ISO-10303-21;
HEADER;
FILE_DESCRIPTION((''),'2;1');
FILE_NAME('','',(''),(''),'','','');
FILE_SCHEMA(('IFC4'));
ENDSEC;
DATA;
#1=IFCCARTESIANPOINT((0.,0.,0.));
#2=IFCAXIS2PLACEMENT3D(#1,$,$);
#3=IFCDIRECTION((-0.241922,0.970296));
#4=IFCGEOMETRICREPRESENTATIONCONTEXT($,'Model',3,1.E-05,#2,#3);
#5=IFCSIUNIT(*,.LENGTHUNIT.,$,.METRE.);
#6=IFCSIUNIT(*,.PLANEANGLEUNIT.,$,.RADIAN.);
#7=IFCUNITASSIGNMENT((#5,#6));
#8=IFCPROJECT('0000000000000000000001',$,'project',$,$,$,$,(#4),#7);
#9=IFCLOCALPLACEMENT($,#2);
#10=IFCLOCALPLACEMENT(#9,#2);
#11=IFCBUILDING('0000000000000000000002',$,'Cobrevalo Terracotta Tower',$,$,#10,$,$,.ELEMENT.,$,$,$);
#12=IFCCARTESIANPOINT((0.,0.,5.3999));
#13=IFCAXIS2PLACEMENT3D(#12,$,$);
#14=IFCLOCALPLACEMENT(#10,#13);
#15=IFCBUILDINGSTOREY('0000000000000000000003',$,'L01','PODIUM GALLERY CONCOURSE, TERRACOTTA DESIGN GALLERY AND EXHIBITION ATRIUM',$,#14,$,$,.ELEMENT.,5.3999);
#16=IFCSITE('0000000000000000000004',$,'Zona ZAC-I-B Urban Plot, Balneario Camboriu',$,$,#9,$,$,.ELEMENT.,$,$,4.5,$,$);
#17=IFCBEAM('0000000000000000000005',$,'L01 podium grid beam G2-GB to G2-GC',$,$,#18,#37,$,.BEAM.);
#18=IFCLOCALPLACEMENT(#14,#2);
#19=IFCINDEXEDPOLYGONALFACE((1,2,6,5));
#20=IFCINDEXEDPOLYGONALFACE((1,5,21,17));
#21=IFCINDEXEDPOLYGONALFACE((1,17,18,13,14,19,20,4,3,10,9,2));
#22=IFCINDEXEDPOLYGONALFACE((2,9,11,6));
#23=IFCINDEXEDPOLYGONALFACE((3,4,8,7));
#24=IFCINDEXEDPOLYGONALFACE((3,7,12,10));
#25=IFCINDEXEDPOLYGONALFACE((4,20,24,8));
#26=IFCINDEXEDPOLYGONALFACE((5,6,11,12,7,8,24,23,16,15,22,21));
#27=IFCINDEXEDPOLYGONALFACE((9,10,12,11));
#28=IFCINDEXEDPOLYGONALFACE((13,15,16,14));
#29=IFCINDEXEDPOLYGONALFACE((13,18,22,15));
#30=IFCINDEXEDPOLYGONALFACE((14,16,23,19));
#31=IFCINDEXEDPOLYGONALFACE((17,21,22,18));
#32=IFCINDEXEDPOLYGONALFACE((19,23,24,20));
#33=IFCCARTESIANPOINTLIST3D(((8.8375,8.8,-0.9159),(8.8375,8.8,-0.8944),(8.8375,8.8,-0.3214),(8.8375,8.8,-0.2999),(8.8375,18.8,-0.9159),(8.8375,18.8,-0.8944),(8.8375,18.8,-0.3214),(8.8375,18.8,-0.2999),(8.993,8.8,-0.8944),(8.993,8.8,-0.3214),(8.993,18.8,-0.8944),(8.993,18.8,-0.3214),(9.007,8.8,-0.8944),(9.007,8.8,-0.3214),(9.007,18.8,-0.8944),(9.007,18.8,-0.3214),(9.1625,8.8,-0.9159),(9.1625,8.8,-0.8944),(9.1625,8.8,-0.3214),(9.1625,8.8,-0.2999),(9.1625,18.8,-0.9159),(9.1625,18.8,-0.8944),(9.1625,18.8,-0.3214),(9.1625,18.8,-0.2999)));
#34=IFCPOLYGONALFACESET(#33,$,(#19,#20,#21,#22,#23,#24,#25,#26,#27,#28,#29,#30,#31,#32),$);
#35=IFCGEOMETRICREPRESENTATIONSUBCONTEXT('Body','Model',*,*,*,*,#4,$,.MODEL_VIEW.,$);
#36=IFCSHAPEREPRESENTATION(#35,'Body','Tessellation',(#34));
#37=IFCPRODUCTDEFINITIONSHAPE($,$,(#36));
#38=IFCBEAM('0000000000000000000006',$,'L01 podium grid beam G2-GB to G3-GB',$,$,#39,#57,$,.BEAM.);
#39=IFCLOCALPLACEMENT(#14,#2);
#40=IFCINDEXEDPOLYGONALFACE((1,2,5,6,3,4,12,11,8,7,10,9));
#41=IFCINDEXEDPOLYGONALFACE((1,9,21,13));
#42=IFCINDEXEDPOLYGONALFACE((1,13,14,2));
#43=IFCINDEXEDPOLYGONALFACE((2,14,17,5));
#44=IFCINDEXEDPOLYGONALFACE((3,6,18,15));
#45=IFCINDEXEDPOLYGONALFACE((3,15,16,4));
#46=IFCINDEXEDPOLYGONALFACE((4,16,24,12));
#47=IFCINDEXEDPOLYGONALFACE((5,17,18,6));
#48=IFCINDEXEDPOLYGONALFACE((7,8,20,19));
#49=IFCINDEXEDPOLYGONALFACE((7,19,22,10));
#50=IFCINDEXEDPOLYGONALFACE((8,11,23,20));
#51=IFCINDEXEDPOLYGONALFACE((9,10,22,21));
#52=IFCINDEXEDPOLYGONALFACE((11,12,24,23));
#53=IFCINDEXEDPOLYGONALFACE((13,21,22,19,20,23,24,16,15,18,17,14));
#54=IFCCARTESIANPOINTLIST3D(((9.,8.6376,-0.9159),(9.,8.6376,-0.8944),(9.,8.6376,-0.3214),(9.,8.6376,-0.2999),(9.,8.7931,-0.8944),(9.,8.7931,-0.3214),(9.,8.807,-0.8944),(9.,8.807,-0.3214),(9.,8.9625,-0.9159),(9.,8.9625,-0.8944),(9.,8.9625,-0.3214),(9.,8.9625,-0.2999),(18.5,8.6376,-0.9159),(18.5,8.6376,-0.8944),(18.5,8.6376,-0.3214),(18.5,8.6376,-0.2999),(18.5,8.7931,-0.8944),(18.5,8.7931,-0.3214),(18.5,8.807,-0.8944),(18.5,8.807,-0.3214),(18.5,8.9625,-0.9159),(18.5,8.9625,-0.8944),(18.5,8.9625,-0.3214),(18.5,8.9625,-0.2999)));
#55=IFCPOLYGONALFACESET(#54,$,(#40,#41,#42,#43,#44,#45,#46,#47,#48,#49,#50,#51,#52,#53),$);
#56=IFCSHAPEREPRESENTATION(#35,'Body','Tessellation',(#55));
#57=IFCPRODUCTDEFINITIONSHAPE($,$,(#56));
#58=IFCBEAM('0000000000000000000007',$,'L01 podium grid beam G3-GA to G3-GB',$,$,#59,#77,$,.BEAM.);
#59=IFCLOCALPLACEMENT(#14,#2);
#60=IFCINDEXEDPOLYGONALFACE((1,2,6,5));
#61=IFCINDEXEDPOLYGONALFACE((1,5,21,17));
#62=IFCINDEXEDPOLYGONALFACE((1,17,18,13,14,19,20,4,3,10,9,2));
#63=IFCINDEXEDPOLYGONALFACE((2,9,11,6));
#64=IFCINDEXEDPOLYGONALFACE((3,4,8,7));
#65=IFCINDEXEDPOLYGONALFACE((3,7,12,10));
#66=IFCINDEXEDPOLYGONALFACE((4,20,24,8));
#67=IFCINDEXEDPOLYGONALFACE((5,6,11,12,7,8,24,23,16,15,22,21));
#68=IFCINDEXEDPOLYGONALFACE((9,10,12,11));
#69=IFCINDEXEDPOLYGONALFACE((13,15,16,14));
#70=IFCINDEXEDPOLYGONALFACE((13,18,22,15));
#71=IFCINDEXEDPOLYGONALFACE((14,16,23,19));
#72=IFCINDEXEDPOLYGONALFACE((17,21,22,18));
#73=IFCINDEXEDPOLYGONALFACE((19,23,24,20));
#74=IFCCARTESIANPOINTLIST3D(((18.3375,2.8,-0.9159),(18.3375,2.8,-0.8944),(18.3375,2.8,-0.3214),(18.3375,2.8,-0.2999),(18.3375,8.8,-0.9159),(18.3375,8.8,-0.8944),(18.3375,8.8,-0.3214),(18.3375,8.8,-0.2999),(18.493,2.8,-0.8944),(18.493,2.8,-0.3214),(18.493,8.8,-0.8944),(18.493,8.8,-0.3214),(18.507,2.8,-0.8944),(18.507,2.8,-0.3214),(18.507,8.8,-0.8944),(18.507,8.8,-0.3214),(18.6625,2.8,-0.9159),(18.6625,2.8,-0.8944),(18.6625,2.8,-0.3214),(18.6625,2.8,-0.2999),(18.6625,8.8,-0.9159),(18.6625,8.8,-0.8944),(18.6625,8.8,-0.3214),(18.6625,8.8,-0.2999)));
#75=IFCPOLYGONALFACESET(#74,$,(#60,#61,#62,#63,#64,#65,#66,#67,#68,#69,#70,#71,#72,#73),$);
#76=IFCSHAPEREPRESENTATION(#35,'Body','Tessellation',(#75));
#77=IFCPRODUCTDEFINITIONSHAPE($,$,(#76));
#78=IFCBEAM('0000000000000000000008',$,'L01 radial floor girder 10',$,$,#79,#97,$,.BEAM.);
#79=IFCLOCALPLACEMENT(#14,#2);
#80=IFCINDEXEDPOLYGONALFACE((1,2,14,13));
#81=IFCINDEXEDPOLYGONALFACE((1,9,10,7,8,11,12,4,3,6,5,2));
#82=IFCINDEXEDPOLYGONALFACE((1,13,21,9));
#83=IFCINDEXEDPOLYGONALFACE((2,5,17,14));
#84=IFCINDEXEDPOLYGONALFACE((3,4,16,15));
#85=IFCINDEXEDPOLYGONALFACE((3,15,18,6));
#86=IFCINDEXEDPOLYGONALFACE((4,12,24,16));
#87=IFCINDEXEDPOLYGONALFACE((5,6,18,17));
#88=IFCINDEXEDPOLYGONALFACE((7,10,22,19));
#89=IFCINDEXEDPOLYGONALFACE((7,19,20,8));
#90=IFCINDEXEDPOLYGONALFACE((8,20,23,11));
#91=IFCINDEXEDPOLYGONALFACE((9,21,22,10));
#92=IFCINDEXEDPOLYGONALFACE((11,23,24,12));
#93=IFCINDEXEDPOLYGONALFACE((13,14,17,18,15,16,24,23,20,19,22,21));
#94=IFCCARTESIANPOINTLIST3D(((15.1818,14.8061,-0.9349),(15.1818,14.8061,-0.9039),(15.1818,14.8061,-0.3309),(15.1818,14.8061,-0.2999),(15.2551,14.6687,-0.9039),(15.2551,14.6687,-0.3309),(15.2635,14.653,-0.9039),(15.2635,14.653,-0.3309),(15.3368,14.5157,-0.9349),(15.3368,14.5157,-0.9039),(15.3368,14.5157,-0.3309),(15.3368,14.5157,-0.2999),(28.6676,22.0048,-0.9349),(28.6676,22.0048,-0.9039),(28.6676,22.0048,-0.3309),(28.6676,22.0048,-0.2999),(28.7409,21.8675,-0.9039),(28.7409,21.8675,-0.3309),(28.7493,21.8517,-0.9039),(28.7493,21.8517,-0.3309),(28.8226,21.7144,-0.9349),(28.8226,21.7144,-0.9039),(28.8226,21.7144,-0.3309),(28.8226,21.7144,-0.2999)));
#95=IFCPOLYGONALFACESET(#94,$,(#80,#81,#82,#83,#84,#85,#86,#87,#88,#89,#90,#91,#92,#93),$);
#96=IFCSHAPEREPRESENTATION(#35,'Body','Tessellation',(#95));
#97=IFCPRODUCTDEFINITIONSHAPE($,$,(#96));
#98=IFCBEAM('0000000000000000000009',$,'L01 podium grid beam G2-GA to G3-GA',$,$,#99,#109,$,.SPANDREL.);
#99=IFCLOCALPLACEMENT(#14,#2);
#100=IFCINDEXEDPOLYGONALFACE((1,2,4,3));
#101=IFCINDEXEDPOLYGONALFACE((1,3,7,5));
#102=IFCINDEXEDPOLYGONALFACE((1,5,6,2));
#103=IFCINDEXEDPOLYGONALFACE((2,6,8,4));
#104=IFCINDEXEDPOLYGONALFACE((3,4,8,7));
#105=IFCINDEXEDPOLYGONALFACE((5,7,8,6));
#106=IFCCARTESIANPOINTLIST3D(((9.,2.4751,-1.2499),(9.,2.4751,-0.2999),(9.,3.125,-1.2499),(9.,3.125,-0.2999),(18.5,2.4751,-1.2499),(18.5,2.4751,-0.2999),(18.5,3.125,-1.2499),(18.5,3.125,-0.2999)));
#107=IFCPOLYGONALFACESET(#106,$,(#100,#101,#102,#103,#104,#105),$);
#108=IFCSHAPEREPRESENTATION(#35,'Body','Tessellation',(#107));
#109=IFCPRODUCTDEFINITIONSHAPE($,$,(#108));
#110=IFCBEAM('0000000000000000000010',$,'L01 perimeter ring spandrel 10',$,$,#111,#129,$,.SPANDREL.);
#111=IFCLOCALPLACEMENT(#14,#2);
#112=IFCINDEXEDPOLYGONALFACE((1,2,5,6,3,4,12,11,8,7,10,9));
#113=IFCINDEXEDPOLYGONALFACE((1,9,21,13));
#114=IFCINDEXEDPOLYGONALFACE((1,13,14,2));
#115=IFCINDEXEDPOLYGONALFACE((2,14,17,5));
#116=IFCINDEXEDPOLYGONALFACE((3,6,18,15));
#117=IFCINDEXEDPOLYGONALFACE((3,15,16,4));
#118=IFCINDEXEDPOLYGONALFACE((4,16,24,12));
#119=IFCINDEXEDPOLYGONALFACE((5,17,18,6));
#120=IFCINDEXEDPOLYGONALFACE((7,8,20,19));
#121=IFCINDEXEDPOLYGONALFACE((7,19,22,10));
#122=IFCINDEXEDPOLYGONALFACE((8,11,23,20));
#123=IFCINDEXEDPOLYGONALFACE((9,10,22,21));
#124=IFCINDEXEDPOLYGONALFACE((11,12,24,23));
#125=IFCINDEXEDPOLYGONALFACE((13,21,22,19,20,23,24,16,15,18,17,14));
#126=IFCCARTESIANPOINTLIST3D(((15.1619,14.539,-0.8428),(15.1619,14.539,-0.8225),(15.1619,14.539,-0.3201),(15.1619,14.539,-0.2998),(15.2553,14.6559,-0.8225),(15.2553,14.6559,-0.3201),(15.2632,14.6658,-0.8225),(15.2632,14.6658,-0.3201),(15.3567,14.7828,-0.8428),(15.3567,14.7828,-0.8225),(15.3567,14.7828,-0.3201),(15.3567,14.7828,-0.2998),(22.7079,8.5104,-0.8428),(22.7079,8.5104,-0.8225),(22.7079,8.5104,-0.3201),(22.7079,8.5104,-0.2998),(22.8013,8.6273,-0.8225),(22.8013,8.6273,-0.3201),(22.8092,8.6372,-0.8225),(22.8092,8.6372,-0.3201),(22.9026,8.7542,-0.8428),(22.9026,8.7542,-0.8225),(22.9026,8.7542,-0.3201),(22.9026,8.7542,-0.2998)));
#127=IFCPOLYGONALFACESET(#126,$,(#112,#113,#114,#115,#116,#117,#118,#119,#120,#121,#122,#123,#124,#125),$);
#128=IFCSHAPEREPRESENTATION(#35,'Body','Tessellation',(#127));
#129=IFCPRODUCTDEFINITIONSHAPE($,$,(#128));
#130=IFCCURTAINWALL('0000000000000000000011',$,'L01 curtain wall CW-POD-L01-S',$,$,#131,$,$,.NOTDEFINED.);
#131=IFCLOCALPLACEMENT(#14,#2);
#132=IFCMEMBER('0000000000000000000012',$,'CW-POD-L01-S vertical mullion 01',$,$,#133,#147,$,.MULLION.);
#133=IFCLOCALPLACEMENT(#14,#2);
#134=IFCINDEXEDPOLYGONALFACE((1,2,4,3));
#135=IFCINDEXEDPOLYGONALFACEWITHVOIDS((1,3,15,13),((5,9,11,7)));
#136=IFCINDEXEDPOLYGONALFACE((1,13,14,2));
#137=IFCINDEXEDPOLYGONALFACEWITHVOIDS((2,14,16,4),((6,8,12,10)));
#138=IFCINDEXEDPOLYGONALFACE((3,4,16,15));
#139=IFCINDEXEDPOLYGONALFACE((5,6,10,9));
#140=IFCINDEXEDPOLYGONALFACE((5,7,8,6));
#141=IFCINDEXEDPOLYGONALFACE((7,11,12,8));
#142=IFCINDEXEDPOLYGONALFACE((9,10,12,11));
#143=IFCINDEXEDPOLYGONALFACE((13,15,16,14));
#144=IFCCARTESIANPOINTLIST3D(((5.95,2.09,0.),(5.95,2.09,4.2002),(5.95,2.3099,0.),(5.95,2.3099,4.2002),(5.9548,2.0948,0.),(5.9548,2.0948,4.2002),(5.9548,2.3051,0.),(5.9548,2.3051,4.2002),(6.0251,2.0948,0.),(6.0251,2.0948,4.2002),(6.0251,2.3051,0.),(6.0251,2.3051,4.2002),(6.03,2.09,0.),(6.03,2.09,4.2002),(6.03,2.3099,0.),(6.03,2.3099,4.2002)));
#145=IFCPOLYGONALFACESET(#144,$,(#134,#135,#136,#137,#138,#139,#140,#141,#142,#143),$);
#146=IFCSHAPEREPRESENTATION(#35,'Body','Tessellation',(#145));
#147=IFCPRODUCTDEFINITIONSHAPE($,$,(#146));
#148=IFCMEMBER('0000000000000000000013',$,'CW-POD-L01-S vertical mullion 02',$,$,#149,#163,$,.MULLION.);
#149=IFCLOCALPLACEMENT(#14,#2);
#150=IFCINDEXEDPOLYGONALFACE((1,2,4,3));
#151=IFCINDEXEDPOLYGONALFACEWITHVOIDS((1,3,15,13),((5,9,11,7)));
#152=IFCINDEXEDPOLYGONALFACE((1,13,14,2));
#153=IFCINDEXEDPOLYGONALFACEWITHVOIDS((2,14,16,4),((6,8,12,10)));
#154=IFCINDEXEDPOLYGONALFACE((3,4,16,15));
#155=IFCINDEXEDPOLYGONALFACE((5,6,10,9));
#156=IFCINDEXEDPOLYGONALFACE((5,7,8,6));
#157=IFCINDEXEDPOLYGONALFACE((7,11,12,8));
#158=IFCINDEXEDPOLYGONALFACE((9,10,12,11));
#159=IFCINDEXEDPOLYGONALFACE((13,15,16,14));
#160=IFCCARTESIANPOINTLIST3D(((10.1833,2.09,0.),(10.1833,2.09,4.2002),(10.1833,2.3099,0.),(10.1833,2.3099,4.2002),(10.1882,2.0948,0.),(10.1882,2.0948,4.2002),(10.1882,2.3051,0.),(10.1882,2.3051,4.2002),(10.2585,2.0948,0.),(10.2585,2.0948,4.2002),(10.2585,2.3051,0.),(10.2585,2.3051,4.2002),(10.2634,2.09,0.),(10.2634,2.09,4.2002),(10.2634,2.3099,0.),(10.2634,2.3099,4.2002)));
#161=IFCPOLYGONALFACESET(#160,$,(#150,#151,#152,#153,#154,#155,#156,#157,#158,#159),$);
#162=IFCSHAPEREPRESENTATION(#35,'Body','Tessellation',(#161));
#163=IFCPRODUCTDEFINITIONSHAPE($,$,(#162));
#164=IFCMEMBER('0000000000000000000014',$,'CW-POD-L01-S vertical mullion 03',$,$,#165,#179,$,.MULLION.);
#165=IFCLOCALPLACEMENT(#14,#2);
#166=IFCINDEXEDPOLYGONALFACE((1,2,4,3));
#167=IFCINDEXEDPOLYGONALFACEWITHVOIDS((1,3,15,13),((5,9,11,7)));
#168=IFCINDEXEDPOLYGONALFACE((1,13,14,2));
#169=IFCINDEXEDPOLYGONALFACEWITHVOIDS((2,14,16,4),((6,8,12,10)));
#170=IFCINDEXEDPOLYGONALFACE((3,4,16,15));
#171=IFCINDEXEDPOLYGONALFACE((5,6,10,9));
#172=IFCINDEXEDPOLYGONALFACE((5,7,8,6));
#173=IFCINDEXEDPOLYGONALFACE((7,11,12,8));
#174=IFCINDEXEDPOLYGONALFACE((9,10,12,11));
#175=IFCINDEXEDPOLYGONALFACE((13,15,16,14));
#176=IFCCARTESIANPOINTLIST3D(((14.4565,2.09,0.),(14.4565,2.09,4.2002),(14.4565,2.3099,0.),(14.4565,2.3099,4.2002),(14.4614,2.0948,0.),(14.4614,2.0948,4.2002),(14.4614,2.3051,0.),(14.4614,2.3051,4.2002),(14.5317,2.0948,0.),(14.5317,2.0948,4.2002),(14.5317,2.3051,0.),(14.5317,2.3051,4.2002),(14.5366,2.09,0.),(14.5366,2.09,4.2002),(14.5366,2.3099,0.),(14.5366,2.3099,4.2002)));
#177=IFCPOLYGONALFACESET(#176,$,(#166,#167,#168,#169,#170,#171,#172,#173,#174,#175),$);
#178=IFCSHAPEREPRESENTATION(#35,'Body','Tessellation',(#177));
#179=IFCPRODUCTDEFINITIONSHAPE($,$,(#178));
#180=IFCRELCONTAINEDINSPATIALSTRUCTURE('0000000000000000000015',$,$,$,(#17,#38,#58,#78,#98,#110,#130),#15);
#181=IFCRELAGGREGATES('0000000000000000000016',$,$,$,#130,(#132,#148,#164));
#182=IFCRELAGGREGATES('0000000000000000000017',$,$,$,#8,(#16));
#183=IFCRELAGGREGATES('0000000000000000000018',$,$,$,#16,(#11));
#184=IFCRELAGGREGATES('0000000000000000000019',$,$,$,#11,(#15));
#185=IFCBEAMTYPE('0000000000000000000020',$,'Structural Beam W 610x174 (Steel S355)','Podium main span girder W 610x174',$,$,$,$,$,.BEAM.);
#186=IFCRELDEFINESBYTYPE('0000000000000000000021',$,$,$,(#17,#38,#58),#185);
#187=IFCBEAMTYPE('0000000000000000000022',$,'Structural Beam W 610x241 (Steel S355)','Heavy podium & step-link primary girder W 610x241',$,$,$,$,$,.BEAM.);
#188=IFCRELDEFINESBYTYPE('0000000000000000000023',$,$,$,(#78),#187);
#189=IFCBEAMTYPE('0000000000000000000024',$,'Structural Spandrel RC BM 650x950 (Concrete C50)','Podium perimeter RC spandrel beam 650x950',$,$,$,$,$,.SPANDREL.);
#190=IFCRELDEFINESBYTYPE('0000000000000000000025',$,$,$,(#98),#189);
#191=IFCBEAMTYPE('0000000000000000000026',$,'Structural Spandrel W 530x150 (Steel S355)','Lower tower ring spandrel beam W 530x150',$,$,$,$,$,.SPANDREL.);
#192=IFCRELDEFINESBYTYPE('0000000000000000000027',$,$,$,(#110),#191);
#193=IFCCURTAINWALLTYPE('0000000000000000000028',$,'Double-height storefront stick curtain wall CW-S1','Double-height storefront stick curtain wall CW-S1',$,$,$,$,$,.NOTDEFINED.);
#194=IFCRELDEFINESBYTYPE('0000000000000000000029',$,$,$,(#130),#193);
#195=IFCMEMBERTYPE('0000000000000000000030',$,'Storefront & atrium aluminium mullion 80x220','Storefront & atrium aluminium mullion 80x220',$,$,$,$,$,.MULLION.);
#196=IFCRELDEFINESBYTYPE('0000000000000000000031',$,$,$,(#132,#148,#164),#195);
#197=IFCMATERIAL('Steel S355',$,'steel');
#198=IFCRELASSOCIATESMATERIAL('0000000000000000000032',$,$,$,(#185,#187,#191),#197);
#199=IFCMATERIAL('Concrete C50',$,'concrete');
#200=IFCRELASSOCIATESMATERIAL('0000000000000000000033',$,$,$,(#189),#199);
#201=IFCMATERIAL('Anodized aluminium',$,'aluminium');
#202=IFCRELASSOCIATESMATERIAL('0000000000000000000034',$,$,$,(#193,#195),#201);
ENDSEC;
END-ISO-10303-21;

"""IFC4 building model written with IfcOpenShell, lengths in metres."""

from ifc_helpers import new_model, si_unit, direction, frame, origin, origin_2d, place, context, subcontext, project, spatial, rectangle, hollow_rectangle, i_section, extrude, source, transform, mapped, material, material_profile, profile_set, type_object, element, aggregate, save


model = new_model("IFC4")

# Units and contexts
model_context = context("Model", 3, precision=1e-05, world=origin(), true_north=direction((-0.241922, 0.970296)))
body_context = subcontext(model_context, "Body", "Model", "MODEL_VIEW")
ifc_project = project(units=[si_unit("LENGTHUNIT", "METRE"), si_unit("PLANEANGLEUNIT", "RADIAN")], contexts=[model_context])

# Site, building, storey
site_placement = place(None, origin())
site = spatial("IfcSite", under=ifc_project, at=site_placement, Name="Zona ZAC-I-B Urban Plot, Balneario Camboriu", CompositionType="ELEMENT", RefElevation=4.5)
building_placement = place(site_placement, origin())
building = spatial("IfcBuilding", under=site, at=building_placement, Name="Cobrevalo Terracotta Tower", CompositionType="ELEMENT")
storey_placement = place(building_placement, frame((0.0, 0.0, 5.3999)))
storey = spatial("IfcBuildingStorey", under=building, at=storey_placement, Name="L01", Description="PODIUM GALLERY CONCOURSE, TERRACOTTA DESIGN GALLERY AND EXHIBITION ATRIUM", CompositionType="ELEMENT", Elevation=5.3999)

# Shared definitions
ifc_material_1 = material(Name="Steel S355", Category="steel")
ifc_material_2 = material(Name="Concrete C50", Category="concrete")

# Beams
ifc_material_profile_1 = material_profile(ifc_material_1, i_section(OverallWidth=0.325, OverallDepth=0.616, WebThickness=0.0139, FlangeThickness=0.0215, at=origin_2d()), Name="W 610x174")
ifc_profile_set_1 = profile_set([ifc_material_profile_1], Name="Steel S355")
beam_type_1 = type_object("IfcBeamType", Name="Structural Beam W 610x174 (Steel S355)", Description="Podium main span girder W 610x174", PredefinedType="BEAM", material=ifc_profile_set_1)
beam_1_placement = place(storey_placement, frame((9.0, 8.8, -0.6079), z_axis=(0.0, 1.0, 0.0), x_axis=(-1.0, 0.0, 0.0)))
element("IfcBeam", 1, at=beam_1_placement, inside=storey, type_object=beam_type_1, Name="L01 podium grid beam G2-GB to G2-GC", PredefinedType="BEAM", context=body_context, shape_type="SweptSolid", body=[
    extrude(i_section(OverallWidth=0.325, OverallDepth=0.616, WebThickness=0.0139, FlangeThickness=0.0215, at=origin_2d()), origin(), (0.0, 0.0, 1.0), 10.0),
])
beam_2_placement = place(storey_placement, frame((9.0, 8.8, -0.6079), z_axis=(1.0, 0.0, 0.0), x_axis=(0.0, 1.0, 0.0)))
element("IfcBeam", 2, at=beam_2_placement, inside=storey, type_object=beam_type_1, Name="L01 podium grid beam G2-GB to G3-GB", PredefinedType="BEAM", context=body_context, shape_type="SweptSolid", body=[
    extrude(i_section(OverallWidth=0.325, OverallDepth=0.616, WebThickness=0.0139, FlangeThickness=0.0215, at=origin_2d()), origin(), (0.0, 0.0, 1.0), 9.5),
])
beam_3_placement = place(storey_placement, frame((18.5, 2.8, -0.6079), z_axis=(0.0, 1.0, 0.0), x_axis=(-1.0, 0.0, 0.0)))
element("IfcBeam", 3, at=beam_3_placement, inside=storey, type_object=beam_type_1, Name="L01 podium grid beam G3-GA to G3-GB", PredefinedType="BEAM", context=body_context, shape_type="SweptSolid", body=[
    extrude(i_section(OverallWidth=0.325, OverallDepth=0.616, WebThickness=0.0139, FlangeThickness=0.0215, at=origin_2d()), origin(), (0.0, 0.0, 1.0), 6.0),
])
ifc_material_profile_2 = material_profile(ifc_material_1, i_section(OverallWidth=0.3291, OverallDepth=0.635, WebThickness=0.0178, FlangeThickness=0.031, at=origin_2d()), Name="W 610x241")
ifc_profile_set_2 = profile_set([ifc_material_profile_2], Name="Steel S355")
beam_type_2 = type_object("IfcBeamType", Name="Structural Beam W 610x241 (Steel S355)", Description="Heavy podium & step-link primary girder W 610x241", PredefinedType="BEAM", material=ifc_profile_set_2)
beam_4_placement = place(storey_placement, frame((15.2593, 14.6609, -0.6174), z_axis=(0.882182, 0.470908, 0.0), x_axis=(-0.470908, 0.882182, 0.0)))
element("IfcBeam", 4, at=beam_4_placement, inside=storey, type_object=beam_type_2, Name="L01 radial floor girder 10", PredefinedType="BEAM", context=body_context, shape_type="SweptSolid", body=[
    extrude(i_section(OverallWidth=0.3291, OverallDepth=0.635, WebThickness=0.0178, FlangeThickness=0.031, at=origin_2d()), origin(), (0.0, 0.0, 1.0), 15.2869),
])
ifc_material_profile_3 = material_profile(ifc_material_2, rectangle(XDim=0.6499, YDim=0.95, at=origin_2d()), Name="RC BM 650x950")
ifc_profile_set_3 = profile_set([ifc_material_profile_3], Name="Concrete C50")
beam_type_3 = type_object("IfcBeamType", Name="Structural Spandrel RC BM 650x950 (Concrete C50)", Description="Podium perimeter RC spandrel beam 650x950", PredefinedType="SPANDREL", material=ifc_profile_set_3)
beam_5_placement = place(storey_placement, frame((9.0, 2.8, -0.7749), z_axis=(1.0, 0.0, 0.0), x_axis=(0.0, 1.0, 0.0)))
element("IfcBeam", 5, at=beam_5_placement, inside=storey, type_object=beam_type_3, Name="L01 podium grid beam G2-GA to G3-GA", PredefinedType="SPANDREL", context=body_context, shape_type="SweptSolid", body=[
    extrude(rectangle(XDim=0.6499, YDim=0.95, at=origin_2d()), origin(), (0.0, 0.0, 1.0), 9.5),
])
ifc_material_profile_4 = material_profile(ifc_material_1, i_section(OverallWidth=0.312, OverallDepth=0.543, WebThickness=0.0127, FlangeThickness=0.0203, at=origin_2d()), Name="W 530x150")
ifc_profile_set_4 = profile_set([ifc_material_profile_4], Name="Steel S355")
beam_type_4 = type_object("IfcBeamType", Name="Structural Spandrel W 530x150 (Steel S355)", Description="Lower tower ring spandrel beam W 530x150", PredefinedType="SPANDREL", material=ifc_profile_set_4)
beam_6_placement = place(storey_placement, frame((15.2593, 14.6609, -0.5713), z_axis=(0.78128, -0.62418, 0.0), x_axis=(0.62418, 0.78128, 0.0)))
element("IfcBeam", 6, at=beam_6_placement, inside=storey, type_object=beam_type_4, Name="L01 perimeter ring spandrel 10", PredefinedType="SPANDREL", context=body_context, shape_type="SweptSolid", body=[
    extrude(i_section(OverallWidth=0.312, OverallDepth=0.543, WebThickness=0.0127, FlangeThickness=0.0203, at=origin_2d()), origin(), (0.0, 0.0, 1.0), 9.6584),
])

# Curtain wall, members
ifc_material_3 = material(Name="Anodized aluminium", Category="aluminium")
curtain_wall_type = type_object("IfcCurtainWallType", Name="Double-height storefront stick curtain wall CW-S1", Description="Double-height storefront stick curtain wall CW-S1", PredefinedType="NOTDEFINED", material=ifc_material_3)
curtain_wall_placement = place(storey_placement, origin())
curtain_wall = element("IfcCurtainWall", 7, at=curtain_wall_placement, inside=storey, type_object=curtain_wall_type, Name="L01 curtain wall CW-POD-L01-S", PredefinedType="NOTDEFINED")
ifc_material_profile_5 = material_profile(ifc_material_3, hollow_rectangle(XDim=0.0801, YDim=0.22, WallThickness=0.0049, at=origin_2d()), Name="CWM 80x220")
ifc_profile_set_5 = profile_set([ifc_material_profile_5], Name="Anodized aluminium")
member_type_1 = type_object("IfcMemberType", Name="Storefront & atrium aluminium mullion 80x220", Description="Storefront & atrium aluminium mullion 80x220", PredefinedType="MULLION", material=ifc_profile_set_5)
shared_shape_1 = source(origin(), body_context, "Body", "SweptSolid", [
    extrude(hollow_rectangle(XDim=0.0801, YDim=0.22, WallThickness=0.0049, at=origin_2d()), origin(), (0.0, 0.0, 1.0), 4.2002),
])
member_1_placement = place(storey_placement, frame((5.99, 2.2, 0.0), z_axis=(0.0, 0.0, 1.0), x_axis=(1.0, 0.0, 0.0)))
member_1 = element("IfcMember", 8, at=member_1_placement, type_object=member_type_1, Name="CW-POD-L01-S vertical mullion 01", PredefinedType="MULLION", context=body_context, shape_type="MappedRepresentation", body=[
    mapped(shared_shape_1, transform((0.0, 0.0, 0.0), scale=1.0)),
])
member_2_placement = place(storey_placement, frame((10.2234, 2.2, 0.0), z_axis=(0.0, 0.0, 1.0), x_axis=(1.0, 0.0, 0.0)))
member_2 = element("IfcMember", 9, at=member_2_placement, type_object=member_type_1, Name="CW-POD-L01-S vertical mullion 02", PredefinedType="MULLION", context=body_context, shape_type="MappedRepresentation", body=[
    mapped(shared_shape_1, transform((0.0, 0.0, 0.0), scale=1.0)),
])
member_3_placement = place(storey_placement, frame((14.4966, 2.2, 0.0), z_axis=(0.0, 0.0, 1.0), x_axis=(1.0, 0.0, 0.0)))
member_3 = element("IfcMember", 10, at=member_3_placement, type_object=member_type_1, Name="CW-POD-L01-S vertical mullion 03", PredefinedType="MULLION", context=body_context, shape_type="MappedRepresentation", body=[
    mapped(shared_shape_1, transform((0.0, 0.0, 0.0), scale=1.0)),
])
aggregate(curtain_wall, [member_1, member_2, member_3])

save(model, "model.ifc")
